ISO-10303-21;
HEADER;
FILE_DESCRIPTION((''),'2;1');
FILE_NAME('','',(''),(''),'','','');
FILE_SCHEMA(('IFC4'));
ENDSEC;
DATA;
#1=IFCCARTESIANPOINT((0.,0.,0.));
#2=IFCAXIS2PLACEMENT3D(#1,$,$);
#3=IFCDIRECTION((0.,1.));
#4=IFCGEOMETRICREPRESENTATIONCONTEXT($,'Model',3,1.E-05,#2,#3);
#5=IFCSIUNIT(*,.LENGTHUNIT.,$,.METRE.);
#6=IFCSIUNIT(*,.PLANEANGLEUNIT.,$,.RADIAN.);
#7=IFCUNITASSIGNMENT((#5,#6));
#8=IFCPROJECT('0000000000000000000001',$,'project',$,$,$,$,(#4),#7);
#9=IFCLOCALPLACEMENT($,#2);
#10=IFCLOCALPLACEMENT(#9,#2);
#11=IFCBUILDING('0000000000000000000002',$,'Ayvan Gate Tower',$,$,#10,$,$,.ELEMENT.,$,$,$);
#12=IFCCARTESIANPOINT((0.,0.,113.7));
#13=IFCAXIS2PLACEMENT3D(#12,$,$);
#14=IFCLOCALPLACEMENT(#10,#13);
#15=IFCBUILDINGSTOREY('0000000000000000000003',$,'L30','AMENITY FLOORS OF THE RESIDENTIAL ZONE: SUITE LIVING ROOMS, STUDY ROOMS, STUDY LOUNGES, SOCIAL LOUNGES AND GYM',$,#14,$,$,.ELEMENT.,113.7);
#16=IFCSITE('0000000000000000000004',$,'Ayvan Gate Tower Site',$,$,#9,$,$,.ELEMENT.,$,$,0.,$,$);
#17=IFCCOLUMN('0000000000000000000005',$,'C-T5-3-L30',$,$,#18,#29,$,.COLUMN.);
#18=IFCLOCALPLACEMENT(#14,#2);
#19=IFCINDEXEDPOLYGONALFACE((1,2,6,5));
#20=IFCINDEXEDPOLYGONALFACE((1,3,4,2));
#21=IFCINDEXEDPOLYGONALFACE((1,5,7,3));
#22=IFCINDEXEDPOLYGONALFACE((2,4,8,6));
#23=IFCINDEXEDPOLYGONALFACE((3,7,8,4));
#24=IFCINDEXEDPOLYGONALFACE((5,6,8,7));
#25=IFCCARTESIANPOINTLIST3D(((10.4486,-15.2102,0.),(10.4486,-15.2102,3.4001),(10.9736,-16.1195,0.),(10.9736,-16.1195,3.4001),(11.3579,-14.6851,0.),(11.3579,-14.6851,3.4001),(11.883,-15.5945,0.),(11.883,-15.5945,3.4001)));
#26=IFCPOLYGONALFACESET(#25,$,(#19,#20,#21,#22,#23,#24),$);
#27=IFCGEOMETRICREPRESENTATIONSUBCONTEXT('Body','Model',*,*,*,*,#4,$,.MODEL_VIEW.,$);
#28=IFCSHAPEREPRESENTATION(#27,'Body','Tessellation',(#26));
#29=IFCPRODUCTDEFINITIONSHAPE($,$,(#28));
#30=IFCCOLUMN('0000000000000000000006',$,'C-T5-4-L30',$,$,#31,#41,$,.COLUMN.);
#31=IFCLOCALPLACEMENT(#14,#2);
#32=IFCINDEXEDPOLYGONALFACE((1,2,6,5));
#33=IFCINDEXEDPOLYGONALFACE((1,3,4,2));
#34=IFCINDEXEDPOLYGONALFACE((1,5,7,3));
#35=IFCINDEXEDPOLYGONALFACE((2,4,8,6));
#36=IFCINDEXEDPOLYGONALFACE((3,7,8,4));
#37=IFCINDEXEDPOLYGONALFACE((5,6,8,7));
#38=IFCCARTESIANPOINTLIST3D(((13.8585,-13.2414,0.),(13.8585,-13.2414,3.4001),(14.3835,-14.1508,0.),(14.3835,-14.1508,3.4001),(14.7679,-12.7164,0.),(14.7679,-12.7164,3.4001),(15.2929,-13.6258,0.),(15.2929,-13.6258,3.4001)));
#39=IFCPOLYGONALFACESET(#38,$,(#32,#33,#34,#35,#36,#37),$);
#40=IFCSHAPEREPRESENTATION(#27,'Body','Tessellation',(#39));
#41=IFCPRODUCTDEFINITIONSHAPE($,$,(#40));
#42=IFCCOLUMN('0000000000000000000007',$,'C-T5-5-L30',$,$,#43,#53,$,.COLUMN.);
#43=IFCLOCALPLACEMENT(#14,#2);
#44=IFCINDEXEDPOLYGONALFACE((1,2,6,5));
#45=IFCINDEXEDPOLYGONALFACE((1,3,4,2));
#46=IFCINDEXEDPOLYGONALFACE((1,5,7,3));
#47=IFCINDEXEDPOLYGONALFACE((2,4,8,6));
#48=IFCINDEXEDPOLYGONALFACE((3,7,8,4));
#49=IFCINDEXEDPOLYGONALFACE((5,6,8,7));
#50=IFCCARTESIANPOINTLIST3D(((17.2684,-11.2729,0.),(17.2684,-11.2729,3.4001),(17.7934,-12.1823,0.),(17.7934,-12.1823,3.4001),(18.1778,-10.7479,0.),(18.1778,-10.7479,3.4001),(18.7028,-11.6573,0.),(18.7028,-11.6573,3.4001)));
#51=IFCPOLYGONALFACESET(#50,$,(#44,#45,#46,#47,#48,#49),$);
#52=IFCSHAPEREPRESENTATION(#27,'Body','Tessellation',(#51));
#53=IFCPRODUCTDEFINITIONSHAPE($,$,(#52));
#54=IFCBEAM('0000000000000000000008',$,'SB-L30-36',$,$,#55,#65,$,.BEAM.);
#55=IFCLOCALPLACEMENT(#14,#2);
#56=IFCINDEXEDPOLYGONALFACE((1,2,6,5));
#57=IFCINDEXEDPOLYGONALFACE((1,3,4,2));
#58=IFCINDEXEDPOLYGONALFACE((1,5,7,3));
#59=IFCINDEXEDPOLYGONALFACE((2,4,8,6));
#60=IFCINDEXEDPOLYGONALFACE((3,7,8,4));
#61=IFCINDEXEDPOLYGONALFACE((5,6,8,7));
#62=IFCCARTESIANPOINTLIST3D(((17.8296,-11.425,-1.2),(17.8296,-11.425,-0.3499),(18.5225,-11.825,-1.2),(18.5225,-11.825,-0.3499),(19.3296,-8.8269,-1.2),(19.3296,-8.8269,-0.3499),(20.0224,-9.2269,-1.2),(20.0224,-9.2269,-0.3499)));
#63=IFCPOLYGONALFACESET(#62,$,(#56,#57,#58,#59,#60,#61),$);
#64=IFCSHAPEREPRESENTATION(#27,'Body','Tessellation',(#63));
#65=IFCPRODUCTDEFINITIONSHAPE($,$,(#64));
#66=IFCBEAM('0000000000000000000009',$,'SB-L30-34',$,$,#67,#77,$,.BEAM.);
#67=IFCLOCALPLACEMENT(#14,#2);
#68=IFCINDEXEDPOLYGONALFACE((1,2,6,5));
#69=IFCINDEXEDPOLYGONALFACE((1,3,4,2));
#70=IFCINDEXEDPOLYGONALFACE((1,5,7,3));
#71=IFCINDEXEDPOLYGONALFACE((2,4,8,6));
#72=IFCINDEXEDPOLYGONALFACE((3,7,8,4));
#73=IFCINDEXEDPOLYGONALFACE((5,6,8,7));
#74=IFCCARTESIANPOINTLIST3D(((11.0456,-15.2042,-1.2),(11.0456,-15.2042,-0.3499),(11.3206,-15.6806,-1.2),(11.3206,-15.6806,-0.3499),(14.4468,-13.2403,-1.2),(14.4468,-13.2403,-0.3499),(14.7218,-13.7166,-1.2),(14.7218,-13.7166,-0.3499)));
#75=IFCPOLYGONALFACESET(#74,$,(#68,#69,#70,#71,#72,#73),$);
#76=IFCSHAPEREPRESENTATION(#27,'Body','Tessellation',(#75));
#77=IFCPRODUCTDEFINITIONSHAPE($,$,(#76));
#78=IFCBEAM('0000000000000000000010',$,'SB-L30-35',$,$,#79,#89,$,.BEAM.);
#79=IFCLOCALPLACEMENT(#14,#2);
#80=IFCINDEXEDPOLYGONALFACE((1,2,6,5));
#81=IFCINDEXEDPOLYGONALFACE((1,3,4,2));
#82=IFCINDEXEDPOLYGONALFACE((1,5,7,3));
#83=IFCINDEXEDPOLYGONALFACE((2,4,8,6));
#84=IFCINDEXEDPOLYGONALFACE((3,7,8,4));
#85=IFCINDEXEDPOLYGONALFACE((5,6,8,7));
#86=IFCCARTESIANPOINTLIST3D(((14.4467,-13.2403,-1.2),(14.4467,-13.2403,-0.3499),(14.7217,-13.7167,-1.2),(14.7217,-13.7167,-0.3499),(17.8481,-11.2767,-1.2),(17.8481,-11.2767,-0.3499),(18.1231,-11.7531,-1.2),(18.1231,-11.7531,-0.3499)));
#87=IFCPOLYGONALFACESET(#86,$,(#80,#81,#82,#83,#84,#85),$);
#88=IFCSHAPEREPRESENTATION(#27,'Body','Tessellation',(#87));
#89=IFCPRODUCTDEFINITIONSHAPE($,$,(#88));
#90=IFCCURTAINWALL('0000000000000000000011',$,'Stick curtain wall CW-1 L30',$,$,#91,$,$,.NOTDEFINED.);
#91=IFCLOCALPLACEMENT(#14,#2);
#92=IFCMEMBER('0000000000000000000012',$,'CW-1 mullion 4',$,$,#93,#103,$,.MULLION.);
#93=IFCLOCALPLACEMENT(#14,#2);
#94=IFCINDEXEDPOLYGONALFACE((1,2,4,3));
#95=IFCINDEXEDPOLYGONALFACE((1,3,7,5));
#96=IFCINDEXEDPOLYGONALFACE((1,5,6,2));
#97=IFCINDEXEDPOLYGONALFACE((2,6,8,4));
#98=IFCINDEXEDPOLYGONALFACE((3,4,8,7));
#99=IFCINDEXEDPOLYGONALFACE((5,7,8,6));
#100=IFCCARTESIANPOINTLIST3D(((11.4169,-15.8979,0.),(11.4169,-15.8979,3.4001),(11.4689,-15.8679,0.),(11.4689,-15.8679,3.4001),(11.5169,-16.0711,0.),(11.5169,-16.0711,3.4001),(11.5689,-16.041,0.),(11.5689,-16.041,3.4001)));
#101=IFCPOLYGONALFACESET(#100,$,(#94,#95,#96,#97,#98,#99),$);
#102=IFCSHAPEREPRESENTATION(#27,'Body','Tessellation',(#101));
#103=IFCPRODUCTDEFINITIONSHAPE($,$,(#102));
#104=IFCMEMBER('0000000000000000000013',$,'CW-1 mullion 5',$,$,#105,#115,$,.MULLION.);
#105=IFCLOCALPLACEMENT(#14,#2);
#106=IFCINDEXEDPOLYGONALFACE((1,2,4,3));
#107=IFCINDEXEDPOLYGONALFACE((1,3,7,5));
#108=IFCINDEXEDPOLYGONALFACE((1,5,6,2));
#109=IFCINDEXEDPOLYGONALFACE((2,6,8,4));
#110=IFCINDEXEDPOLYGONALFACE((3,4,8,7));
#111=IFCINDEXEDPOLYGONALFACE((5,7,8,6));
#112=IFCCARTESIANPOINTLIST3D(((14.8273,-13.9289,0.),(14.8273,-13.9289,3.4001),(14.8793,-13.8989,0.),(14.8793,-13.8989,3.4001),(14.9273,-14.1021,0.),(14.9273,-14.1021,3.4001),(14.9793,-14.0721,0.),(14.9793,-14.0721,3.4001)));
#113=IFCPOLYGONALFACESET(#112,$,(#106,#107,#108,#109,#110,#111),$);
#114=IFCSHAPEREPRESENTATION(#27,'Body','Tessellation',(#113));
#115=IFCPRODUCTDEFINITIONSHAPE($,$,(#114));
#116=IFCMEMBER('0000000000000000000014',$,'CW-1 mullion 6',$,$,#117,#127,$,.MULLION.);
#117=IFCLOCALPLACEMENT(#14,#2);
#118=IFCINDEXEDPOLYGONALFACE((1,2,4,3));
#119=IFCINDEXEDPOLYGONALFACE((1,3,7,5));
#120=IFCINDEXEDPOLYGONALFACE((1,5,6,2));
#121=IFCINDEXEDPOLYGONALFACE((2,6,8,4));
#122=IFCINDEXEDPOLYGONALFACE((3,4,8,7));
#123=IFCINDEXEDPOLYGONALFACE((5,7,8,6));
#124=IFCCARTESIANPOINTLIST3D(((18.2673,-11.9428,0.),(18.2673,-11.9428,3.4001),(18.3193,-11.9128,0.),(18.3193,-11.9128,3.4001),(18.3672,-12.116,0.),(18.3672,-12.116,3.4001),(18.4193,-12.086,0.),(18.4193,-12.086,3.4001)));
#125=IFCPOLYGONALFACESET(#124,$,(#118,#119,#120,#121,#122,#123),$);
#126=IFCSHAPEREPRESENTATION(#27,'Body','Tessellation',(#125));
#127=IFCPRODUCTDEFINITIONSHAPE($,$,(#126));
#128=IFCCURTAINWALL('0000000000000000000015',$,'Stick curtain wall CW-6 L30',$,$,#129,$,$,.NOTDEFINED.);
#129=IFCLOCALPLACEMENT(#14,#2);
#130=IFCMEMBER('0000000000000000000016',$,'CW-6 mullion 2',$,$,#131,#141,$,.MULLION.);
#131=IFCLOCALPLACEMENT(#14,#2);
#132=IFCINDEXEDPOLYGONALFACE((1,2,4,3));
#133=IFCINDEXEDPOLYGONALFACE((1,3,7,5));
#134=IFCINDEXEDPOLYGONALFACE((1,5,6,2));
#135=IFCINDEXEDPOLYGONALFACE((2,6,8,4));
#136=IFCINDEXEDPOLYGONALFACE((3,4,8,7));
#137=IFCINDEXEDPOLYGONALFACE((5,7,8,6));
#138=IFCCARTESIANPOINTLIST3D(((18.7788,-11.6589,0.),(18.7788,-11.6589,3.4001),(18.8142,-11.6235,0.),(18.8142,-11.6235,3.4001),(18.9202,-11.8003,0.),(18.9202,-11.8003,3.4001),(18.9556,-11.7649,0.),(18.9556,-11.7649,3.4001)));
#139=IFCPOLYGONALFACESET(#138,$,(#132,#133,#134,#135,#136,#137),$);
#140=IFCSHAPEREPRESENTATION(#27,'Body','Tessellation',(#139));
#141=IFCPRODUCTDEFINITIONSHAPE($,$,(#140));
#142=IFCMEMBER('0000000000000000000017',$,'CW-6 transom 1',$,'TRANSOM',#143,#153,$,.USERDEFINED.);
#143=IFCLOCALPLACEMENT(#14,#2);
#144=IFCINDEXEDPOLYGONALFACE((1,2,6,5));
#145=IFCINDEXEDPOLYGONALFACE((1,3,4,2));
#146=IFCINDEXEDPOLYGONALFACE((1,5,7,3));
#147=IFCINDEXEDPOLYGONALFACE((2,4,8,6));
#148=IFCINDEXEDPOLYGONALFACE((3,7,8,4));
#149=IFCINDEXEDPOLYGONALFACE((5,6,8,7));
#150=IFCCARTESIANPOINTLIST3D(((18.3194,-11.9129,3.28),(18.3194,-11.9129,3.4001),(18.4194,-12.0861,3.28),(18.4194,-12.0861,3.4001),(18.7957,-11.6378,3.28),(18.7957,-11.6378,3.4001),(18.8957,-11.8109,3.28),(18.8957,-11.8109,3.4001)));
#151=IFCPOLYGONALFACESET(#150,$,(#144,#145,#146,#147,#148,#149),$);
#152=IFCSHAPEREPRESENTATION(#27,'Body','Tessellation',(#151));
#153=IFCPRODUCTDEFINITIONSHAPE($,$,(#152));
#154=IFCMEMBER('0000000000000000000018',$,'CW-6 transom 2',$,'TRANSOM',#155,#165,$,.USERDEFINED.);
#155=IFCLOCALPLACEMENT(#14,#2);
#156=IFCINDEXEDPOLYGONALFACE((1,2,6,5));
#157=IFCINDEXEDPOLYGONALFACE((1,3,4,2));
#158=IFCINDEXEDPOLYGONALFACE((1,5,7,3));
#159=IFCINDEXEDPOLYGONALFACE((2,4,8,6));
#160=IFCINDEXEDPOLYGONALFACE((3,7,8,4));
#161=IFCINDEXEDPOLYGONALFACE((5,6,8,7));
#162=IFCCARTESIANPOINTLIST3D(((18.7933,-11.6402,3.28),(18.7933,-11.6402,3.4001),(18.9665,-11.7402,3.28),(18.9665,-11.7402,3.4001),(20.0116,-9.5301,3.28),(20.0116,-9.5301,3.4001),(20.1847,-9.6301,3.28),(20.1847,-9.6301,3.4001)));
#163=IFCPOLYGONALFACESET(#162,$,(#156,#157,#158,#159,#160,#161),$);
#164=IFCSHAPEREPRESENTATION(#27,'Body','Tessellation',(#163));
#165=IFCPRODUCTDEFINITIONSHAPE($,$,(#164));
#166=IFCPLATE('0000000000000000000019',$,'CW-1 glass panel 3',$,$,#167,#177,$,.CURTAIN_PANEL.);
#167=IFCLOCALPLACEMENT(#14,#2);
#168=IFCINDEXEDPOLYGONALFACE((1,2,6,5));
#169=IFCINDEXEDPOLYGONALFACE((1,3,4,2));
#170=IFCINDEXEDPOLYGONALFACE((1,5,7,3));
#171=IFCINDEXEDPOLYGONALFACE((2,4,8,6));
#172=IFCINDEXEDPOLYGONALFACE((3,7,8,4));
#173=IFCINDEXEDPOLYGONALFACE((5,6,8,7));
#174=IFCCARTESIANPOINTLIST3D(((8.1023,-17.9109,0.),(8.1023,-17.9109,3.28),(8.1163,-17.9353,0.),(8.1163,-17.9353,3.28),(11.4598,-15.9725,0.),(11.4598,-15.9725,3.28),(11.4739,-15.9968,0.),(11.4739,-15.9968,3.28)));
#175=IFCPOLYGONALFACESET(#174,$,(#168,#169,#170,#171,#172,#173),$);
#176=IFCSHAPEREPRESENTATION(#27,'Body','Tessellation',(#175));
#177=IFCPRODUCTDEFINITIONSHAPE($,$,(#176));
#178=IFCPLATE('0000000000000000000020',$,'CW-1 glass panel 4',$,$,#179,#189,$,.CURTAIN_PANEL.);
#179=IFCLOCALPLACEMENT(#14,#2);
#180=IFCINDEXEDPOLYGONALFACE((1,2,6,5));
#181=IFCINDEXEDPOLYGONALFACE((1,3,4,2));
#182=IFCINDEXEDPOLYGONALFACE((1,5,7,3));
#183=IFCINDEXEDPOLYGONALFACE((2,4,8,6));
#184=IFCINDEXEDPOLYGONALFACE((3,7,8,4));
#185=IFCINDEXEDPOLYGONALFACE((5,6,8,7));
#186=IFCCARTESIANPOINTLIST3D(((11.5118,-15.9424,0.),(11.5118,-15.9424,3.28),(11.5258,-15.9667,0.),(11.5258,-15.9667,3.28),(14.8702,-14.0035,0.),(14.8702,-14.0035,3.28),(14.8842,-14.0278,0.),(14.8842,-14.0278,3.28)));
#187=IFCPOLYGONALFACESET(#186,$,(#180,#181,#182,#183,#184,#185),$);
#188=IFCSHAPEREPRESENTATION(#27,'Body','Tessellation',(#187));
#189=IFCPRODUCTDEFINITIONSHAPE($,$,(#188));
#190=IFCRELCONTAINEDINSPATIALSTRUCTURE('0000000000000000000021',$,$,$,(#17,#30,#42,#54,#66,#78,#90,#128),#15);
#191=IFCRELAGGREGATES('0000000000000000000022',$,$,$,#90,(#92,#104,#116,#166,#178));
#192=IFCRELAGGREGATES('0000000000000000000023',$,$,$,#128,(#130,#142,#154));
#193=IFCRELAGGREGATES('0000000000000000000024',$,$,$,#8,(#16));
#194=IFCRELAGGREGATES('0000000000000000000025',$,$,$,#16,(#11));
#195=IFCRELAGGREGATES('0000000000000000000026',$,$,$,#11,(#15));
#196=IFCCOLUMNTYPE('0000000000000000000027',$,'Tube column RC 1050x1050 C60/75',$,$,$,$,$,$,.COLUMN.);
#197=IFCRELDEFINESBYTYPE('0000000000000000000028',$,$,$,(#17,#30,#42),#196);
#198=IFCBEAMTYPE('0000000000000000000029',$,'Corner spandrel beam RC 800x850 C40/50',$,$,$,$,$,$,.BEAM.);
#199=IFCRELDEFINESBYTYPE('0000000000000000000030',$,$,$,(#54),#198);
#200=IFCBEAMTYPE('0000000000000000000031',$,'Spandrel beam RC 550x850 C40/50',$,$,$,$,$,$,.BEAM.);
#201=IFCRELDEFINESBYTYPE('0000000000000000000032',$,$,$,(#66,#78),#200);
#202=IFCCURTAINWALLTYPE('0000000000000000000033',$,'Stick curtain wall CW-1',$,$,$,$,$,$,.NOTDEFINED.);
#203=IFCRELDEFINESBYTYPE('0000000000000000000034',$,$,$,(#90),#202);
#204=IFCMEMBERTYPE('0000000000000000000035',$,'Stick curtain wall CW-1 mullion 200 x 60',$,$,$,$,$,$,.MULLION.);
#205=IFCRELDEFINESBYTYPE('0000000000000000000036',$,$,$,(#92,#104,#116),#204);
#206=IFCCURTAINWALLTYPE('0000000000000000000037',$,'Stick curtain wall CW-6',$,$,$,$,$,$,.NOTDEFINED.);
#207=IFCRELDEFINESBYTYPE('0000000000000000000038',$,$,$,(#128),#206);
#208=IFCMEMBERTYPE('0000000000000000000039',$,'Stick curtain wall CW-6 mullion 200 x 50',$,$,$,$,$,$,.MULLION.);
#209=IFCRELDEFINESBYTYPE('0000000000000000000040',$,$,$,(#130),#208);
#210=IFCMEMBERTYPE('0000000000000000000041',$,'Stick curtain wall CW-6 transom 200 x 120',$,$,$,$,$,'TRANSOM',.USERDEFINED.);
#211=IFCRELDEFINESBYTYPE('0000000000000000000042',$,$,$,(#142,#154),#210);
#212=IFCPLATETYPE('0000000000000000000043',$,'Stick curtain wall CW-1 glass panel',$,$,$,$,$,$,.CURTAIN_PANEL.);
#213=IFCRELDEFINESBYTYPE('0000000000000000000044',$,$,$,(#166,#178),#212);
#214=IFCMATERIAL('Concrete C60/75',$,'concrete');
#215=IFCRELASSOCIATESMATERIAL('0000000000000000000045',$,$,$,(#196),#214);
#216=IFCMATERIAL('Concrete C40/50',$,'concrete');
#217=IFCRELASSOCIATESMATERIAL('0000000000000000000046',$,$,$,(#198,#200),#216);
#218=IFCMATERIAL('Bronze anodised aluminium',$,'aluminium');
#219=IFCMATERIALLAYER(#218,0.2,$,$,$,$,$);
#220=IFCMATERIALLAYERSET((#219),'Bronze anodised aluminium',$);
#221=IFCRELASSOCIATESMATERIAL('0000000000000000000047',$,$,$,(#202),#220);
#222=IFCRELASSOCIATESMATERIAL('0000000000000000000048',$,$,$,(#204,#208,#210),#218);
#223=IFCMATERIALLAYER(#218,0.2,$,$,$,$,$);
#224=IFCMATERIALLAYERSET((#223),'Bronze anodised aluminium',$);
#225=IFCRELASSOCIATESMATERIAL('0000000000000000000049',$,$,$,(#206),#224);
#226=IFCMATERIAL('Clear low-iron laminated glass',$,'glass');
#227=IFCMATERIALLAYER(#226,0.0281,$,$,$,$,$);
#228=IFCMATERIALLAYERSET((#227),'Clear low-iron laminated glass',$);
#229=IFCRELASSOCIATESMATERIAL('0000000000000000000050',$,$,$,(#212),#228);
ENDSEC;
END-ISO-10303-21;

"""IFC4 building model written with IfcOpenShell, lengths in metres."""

from ifc_helpers import new_model, si_unit, direction, frame, origin, origin_2d, place, context, subcontext, project, spatial, rectangle, extrude, material, layer, layer_set, material_profile, profile_set, type_object, element, aggregate, save


model = new_model("IFC4")

# Units and contexts
model_context = context("Model", 3, precision=1e-05, world=origin(), true_north=direction((0.0, 1.0)))
body_context = subcontext(model_context, "Body", "Model", "MODEL_VIEW")
ifc_project = project(units=[si_unit("LENGTHUNIT", "METRE"), si_unit("PLANEANGLEUNIT", "RADIAN")], contexts=[model_context])

# Site, building, storey
site_placement = place(None, origin())
site = spatial("IfcSite", under=ifc_project, at=site_placement, Name="Ayvan Gate Tower Site", CompositionType="ELEMENT", RefElevation=0.0)
building_placement = place(site_placement, origin())
building = spatial("IfcBuilding", under=site, at=building_placement, Name="Ayvan Gate Tower", CompositionType="ELEMENT")
storey_placement = place(building_placement, frame((0.0, 0.0, 113.7)))
storey = spatial("IfcBuildingStorey", under=building, at=storey_placement, Name="L30", Description="AMENITY FLOORS OF THE RESIDENTIAL ZONE: SUITE LIVING ROOMS, STUDY ROOMS, STUDY LOUNGES, SOCIAL LOUNGES AND GYM", CompositionType="ELEMENT", Elevation=113.7)

# Columns
ifc_material_1 = material(Name="Concrete C60/75", Category="concrete")
ifc_material_profile_1 = material_profile(ifc_material_1, rectangle(XDim=1.05, YDim=1.05, at=origin_2d()), Name="RC 1050x1050")
ifc_profile_set_1 = profile_set([ifc_material_profile_1], Name="Concrete C60/75")
column_type = type_object("IfcColumnType", Name="Tube column RC 1050x1050 C60/75", PredefinedType="COLUMN", material=ifc_profile_set_1)
for number, where, z_axis, x_axis, name in (
    (1, (11.1658, -15.4023, 0.0), (0.0, 0.0, 1.0), (0.5, -0.866025, 0.0), "C-T5-3-L30"),
    (2, (14.5757, -13.4336, 0.0), (0.0, 0.0, 1.0), (0.5, -0.866025, 0.0), "C-T5-4-L30"),
    (3, (17.9856, -11.4651, 0.0), (0.0, 0.0, 1.0), (0.5, -0.866025, 0.0), "C-T5-5-L30"),
):
    element("IfcColumn", number, at=place(storey_placement, frame(where, z_axis=z_axis, x_axis=x_axis)), inside=storey, type_object=column_type, Name=name, PredefinedType="COLUMN", context=body_context, shape_type="SweptSolid", body=[
        extrude(rectangle(XDim=1.05, YDim=1.05, at=origin_2d()), origin(), (0.0, 0.0, 1.0), 3.4001),
    ])

# Beams
ifc_material_2 = material(Name="Concrete C40/50", Category="concrete")
ifc_material_profile_2 = material_profile(ifc_material_2, rectangle(XDim=0.8, YDim=0.8501, at=origin_2d()), Name="RC 800x850")
ifc_profile_set_2 = profile_set([ifc_material_profile_2], Name="Concrete C40/50")
beam_type_1 = type_object("IfcBeamType", Name="Corner spandrel beam RC 800x850 C40/50", PredefinedType="BEAM", material=ifc_profile_set_2)
beam_placement = place(storey_placement, frame((18.176, -11.625, -0.7749), z_axis=(0.49999, 0.866031, 0.0), x_axis=(-0.866031, 0.49999, 0.0)))
element("IfcBeam", 4, at=beam_placement, inside=storey, type_object=beam_type_1, Name="SB-L30-36", PredefinedType="BEAM", context=body_context, shape_type="SweptSolid", body=[
    extrude(rectangle(XDim=0.8, YDim=0.8501, at=origin_2d()), origin(), (0.0, 0.0, 1.0), 3.0),
])
ifc_material_profile_3 = material_profile(ifc_material_2, rectangle(XDim=0.55, YDim=0.8501, at=origin_2d()), Name="RC 550x850")
ifc_profile_set_3 = profile_set([ifc_material_profile_3], Name="Concrete C40/50")
beam_type_2 = type_object("IfcBeamType", Name="Spandrel beam RC 550x850 C40/50", PredefinedType="BEAM", material=ifc_profile_set_3)
for number, where, z_axis, x_axis, name in (
    (5, (11.1831, -15.4424, -0.7749), (0.866, 0.500044, 0.0), (-0.500044, 0.866, 0.0), "SB-L30-34"),
    (6, (14.5842, -13.4785, -0.7749), (0.866043, 0.49997, 0.0), (-0.49997, 0.866043, 0.0), "SB-L30-35"),
):
    element("IfcBeam", number, at=place(storey_placement, frame(where, z_axis=z_axis, x_axis=x_axis)), inside=storey, type_object=beam_type_2, Name=name, PredefinedType="BEAM", context=body_context, shape_type="SweptSolid", body=[
        extrude(rectangle(XDim=0.55, YDim=0.8501, at=origin_2d()), origin(), (0.0, 0.0, 1.0), 3.9275),
    ])

# Curtain walls, members
ifc_material_3 = material(Name="Bronze anodised aluminium", Category="aluminium")
ifc_layer_1 = layer(ifc_material_3, 0.2)
ifc_layer_set_1 = layer_set([ifc_layer_1], Name="Bronze anodised aluminium")
curtain_wall_type_1 = type_object("IfcCurtainWallType", Name="Stick curtain wall CW-1", PredefinedType="NOTDEFINED", material=ifc_layer_set_1)
curtain_wall_1_placement = place(storey_placement, origin())
curtain_wall_1 = element("IfcCurtainWall", 7, at=curtain_wall_1_placement, inside=storey, type_object=curtain_wall_type_1, Name="Stick curtain wall CW-1 L30", PredefinedType="NOTDEFINED")
ifc_material_profile_4 = material_profile(ifc_material_3, rectangle(XDim=0.2, YDim=0.0601, at=origin_2d()), Name="Stick curtain wall CW-1 mullion 200 x 60")
ifc_profile_set_4 = profile_set([ifc_material_profile_4], Name="Bronze anodised aluminium")
member_type_1 = type_object("IfcMemberType", Name="Stick curtain wall CW-1 mullion 200 x 60", PredefinedType="MULLION", material=ifc_profile_set_4)
member_1_placement = place(storey_placement, frame((11.4929, -15.9695, 0.0), z_axis=(0.0, 0.0, 1.0), x_axis=(0.5, -0.866025, 0.0)))
member_1 = element("IfcMember", 8, at=member_1_placement, type_object=member_type_1, Name="CW-1 mullion 4", PredefinedType="MULLION", context=body_context, shape_type="SweptSolid", body=[
    extrude(rectangle(XDim=0.2, YDim=0.0601, at=origin_2d()), origin(), (0.0, 0.0, 1.0), 3.4001),
])
member_2_placement = place(storey_placement, frame((14.9033, -14.0005, 0.0), z_axis=(0.0, 0.0, 1.0), x_axis=(0.5, -0.866025, 0.0)))
member_2 = element("IfcMember", 9, at=member_2_placement, type_object=member_type_1, Name="CW-1 mullion 5", PredefinedType="MULLION", context=body_context, shape_type="SweptSolid", body=[
    extrude(rectangle(XDim=0.2, YDim=0.0601, at=origin_2d()), origin(), (0.0, 0.0, 1.0), 3.4001),
])
member_3_placement = place(storey_placement, frame((18.3433, -12.0144, 0.0), z_axis=(0.0, 0.0, 1.0), x_axis=(0.5, -0.866025, 0.0)))
member_3 = element("IfcMember", 10, at=member_3_placement, type_object=member_type_1, Name="CW-1 mullion 6", PredefinedType="MULLION", context=body_context, shape_type="SweptSolid", body=[
    extrude(rectangle(XDim=0.2, YDim=0.0601, at=origin_2d()), origin(), (0.0, 0.0, 1.0), 3.4001),
])
ifc_layer_2 = layer(ifc_material_3, 0.2)
ifc_layer_set_2 = layer_set([ifc_layer_2], Name="Bronze anodised aluminium")
curtain_wall_type_2 = type_object("IfcCurtainWallType", Name="Stick curtain wall CW-6", PredefinedType="NOTDEFINED", material=ifc_layer_set_2)
curtain_wall_2_placement = place(storey_placement, origin())
curtain_wall_2 = element("IfcCurtainWall", 11, at=curtain_wall_2_placement, inside=storey, type_object=curtain_wall_type_2, Name="Stick curtain wall CW-6 L30", PredefinedType="NOTDEFINED")
ifc_material_profile_5 = material_profile(ifc_material_3, rectangle(XDim=0.2, YDim=0.05, at=origin_2d()), Name="Stick curtain wall CW-6 mullion 200 x 50")
ifc_profile_set_5 = profile_set([ifc_material_profile_5], Name="Bronze anodised aluminium")
member_type_2 = type_object("IfcMemberType", Name="Stick curtain wall CW-6 mullion 200 x 50", PredefinedType="MULLION", material=ifc_profile_set_5)
member_4_placement = place(storey_placement, frame((18.8672, -11.7119, 0.0), z_axis=(0.0, 0.0, 1.0), x_axis=(0.707107, -0.707107, 0.0)))
member_4 = element("IfcMember", 12, at=member_4_placement, type_object=member_type_2, Name="CW-6 mullion 2", PredefinedType="MULLION", context=body_context, shape_type="SweptSolid", body=[
    extrude(rectangle(XDim=0.2, YDim=0.05, at=origin_2d()), origin(), (0.0, 0.0, 1.0), 3.4001),
])
ifc_material_profile_6 = material_profile(ifc_material_3, rectangle(XDim=0.2, YDim=0.1201, at=origin_2d()), Name="Stick curtain wall CW-6 transom 200 x 120")
ifc_profile_set_6 = profile_set([ifc_material_profile_6], Name="Bronze anodised aluminium")
member_type_3 = type_object("IfcMemberType", Name="Stick curtain wall CW-6 transom 200 x 120", ElementType="TRANSOM", PredefinedType="USERDEFINED", material=ifc_profile_set_6)
member_5_placement = place(storey_placement, frame((18.3694, -11.9995, 3.3401), z_axis=(0.865912, 0.500196, 0.0), x_axis=(-0.500196, 0.865912, 0.0)))
member_5 = element("IfcMember", 13, at=member_5_placement, type_object=member_type_3, Name="CW-6 transom 1", ObjectType="TRANSOM", PredefinedType="USERDEFINED", context=body_context, shape_type="SweptSolid", body=[
    extrude(rectangle(XDim=0.2, YDim=0.1201, at=origin_2d()), origin(), (0.0, 0.0, 1.0), 0.55),
])
member_6_placement = place(storey_placement, frame((18.8799, -11.6902, 3.3401), z_axis=(0.499997, 0.866027, 0.0), x_axis=(-0.866027, 0.499997, 0.0)))
member_6 = element("IfcMember", 14, at=member_6_placement, type_object=member_type_3, Name="CW-6 transom 2", ObjectType="TRANSOM", PredefinedType="USERDEFINED", context=body_context, shape_type="SweptSolid", body=[
    extrude(rectangle(XDim=0.2, YDim=0.1201, at=origin_2d()), origin(), (0.0, 0.0, 1.0), 2.4365),
])

# Plates
ifc_material_4 = material(Name="Clear low-iron laminated glass", Category="glass")
ifc_layer_3 = layer(ifc_material_4, 0.0281)
ifc_layer_set_3 = layer_set([ifc_layer_3], Name="Clear low-iron laminated glass")
plate_type_1 = type_object("IfcPlateType", Name="Stick curtain wall CW-1 glass panel", PredefinedType="CURTAIN_PANEL", material=ifc_layer_set_3)
plate_1_placement = place(storey_placement, frame((9.7881, -16.9539, 0.0), z_axis=(0.0, 0.0, 1.0), x_axis=(0.866025, 0.5, 0.0)))
plate_1 = element("IfcPlate", 15, at=plate_1_placement, type_object=plate_type_1, Name="CW-1 glass panel 3", PredefinedType="CURTAIN_PANEL", context=body_context, shape_type="SweptSolid", body=[
    extrude(rectangle(XDim=3.877, YDim=0.0281, at=origin_2d()), origin(), (0.0, 0.0, 1.0), 3.28),
])
plate_2_placement = place(storey_placement, frame((13.198, -14.9851, 0.0), z_axis=(0.0, 0.0, 1.0), x_axis=(0.866025, 0.5, 0.0)))
plate_2 = element("IfcPlate", 16, at=plate_2_placement, type_object=plate_type_1, Name="CW-1 glass panel 4", PredefinedType="CURTAIN_PANEL", context=body_context, shape_type="SweptSolid", body=[
    extrude(rectangle(XDim=3.8779, YDim=0.0281, at=origin_2d()), origin(), (0.0, 0.0, 1.0), 3.28),
])
aggregate(curtain_wall_1, [member_1, member_2, member_3, plate_1, plate_2])
aggregate(curtain_wall_2, [member_4, member_5, member_6])

save(model, "model.ifc")
